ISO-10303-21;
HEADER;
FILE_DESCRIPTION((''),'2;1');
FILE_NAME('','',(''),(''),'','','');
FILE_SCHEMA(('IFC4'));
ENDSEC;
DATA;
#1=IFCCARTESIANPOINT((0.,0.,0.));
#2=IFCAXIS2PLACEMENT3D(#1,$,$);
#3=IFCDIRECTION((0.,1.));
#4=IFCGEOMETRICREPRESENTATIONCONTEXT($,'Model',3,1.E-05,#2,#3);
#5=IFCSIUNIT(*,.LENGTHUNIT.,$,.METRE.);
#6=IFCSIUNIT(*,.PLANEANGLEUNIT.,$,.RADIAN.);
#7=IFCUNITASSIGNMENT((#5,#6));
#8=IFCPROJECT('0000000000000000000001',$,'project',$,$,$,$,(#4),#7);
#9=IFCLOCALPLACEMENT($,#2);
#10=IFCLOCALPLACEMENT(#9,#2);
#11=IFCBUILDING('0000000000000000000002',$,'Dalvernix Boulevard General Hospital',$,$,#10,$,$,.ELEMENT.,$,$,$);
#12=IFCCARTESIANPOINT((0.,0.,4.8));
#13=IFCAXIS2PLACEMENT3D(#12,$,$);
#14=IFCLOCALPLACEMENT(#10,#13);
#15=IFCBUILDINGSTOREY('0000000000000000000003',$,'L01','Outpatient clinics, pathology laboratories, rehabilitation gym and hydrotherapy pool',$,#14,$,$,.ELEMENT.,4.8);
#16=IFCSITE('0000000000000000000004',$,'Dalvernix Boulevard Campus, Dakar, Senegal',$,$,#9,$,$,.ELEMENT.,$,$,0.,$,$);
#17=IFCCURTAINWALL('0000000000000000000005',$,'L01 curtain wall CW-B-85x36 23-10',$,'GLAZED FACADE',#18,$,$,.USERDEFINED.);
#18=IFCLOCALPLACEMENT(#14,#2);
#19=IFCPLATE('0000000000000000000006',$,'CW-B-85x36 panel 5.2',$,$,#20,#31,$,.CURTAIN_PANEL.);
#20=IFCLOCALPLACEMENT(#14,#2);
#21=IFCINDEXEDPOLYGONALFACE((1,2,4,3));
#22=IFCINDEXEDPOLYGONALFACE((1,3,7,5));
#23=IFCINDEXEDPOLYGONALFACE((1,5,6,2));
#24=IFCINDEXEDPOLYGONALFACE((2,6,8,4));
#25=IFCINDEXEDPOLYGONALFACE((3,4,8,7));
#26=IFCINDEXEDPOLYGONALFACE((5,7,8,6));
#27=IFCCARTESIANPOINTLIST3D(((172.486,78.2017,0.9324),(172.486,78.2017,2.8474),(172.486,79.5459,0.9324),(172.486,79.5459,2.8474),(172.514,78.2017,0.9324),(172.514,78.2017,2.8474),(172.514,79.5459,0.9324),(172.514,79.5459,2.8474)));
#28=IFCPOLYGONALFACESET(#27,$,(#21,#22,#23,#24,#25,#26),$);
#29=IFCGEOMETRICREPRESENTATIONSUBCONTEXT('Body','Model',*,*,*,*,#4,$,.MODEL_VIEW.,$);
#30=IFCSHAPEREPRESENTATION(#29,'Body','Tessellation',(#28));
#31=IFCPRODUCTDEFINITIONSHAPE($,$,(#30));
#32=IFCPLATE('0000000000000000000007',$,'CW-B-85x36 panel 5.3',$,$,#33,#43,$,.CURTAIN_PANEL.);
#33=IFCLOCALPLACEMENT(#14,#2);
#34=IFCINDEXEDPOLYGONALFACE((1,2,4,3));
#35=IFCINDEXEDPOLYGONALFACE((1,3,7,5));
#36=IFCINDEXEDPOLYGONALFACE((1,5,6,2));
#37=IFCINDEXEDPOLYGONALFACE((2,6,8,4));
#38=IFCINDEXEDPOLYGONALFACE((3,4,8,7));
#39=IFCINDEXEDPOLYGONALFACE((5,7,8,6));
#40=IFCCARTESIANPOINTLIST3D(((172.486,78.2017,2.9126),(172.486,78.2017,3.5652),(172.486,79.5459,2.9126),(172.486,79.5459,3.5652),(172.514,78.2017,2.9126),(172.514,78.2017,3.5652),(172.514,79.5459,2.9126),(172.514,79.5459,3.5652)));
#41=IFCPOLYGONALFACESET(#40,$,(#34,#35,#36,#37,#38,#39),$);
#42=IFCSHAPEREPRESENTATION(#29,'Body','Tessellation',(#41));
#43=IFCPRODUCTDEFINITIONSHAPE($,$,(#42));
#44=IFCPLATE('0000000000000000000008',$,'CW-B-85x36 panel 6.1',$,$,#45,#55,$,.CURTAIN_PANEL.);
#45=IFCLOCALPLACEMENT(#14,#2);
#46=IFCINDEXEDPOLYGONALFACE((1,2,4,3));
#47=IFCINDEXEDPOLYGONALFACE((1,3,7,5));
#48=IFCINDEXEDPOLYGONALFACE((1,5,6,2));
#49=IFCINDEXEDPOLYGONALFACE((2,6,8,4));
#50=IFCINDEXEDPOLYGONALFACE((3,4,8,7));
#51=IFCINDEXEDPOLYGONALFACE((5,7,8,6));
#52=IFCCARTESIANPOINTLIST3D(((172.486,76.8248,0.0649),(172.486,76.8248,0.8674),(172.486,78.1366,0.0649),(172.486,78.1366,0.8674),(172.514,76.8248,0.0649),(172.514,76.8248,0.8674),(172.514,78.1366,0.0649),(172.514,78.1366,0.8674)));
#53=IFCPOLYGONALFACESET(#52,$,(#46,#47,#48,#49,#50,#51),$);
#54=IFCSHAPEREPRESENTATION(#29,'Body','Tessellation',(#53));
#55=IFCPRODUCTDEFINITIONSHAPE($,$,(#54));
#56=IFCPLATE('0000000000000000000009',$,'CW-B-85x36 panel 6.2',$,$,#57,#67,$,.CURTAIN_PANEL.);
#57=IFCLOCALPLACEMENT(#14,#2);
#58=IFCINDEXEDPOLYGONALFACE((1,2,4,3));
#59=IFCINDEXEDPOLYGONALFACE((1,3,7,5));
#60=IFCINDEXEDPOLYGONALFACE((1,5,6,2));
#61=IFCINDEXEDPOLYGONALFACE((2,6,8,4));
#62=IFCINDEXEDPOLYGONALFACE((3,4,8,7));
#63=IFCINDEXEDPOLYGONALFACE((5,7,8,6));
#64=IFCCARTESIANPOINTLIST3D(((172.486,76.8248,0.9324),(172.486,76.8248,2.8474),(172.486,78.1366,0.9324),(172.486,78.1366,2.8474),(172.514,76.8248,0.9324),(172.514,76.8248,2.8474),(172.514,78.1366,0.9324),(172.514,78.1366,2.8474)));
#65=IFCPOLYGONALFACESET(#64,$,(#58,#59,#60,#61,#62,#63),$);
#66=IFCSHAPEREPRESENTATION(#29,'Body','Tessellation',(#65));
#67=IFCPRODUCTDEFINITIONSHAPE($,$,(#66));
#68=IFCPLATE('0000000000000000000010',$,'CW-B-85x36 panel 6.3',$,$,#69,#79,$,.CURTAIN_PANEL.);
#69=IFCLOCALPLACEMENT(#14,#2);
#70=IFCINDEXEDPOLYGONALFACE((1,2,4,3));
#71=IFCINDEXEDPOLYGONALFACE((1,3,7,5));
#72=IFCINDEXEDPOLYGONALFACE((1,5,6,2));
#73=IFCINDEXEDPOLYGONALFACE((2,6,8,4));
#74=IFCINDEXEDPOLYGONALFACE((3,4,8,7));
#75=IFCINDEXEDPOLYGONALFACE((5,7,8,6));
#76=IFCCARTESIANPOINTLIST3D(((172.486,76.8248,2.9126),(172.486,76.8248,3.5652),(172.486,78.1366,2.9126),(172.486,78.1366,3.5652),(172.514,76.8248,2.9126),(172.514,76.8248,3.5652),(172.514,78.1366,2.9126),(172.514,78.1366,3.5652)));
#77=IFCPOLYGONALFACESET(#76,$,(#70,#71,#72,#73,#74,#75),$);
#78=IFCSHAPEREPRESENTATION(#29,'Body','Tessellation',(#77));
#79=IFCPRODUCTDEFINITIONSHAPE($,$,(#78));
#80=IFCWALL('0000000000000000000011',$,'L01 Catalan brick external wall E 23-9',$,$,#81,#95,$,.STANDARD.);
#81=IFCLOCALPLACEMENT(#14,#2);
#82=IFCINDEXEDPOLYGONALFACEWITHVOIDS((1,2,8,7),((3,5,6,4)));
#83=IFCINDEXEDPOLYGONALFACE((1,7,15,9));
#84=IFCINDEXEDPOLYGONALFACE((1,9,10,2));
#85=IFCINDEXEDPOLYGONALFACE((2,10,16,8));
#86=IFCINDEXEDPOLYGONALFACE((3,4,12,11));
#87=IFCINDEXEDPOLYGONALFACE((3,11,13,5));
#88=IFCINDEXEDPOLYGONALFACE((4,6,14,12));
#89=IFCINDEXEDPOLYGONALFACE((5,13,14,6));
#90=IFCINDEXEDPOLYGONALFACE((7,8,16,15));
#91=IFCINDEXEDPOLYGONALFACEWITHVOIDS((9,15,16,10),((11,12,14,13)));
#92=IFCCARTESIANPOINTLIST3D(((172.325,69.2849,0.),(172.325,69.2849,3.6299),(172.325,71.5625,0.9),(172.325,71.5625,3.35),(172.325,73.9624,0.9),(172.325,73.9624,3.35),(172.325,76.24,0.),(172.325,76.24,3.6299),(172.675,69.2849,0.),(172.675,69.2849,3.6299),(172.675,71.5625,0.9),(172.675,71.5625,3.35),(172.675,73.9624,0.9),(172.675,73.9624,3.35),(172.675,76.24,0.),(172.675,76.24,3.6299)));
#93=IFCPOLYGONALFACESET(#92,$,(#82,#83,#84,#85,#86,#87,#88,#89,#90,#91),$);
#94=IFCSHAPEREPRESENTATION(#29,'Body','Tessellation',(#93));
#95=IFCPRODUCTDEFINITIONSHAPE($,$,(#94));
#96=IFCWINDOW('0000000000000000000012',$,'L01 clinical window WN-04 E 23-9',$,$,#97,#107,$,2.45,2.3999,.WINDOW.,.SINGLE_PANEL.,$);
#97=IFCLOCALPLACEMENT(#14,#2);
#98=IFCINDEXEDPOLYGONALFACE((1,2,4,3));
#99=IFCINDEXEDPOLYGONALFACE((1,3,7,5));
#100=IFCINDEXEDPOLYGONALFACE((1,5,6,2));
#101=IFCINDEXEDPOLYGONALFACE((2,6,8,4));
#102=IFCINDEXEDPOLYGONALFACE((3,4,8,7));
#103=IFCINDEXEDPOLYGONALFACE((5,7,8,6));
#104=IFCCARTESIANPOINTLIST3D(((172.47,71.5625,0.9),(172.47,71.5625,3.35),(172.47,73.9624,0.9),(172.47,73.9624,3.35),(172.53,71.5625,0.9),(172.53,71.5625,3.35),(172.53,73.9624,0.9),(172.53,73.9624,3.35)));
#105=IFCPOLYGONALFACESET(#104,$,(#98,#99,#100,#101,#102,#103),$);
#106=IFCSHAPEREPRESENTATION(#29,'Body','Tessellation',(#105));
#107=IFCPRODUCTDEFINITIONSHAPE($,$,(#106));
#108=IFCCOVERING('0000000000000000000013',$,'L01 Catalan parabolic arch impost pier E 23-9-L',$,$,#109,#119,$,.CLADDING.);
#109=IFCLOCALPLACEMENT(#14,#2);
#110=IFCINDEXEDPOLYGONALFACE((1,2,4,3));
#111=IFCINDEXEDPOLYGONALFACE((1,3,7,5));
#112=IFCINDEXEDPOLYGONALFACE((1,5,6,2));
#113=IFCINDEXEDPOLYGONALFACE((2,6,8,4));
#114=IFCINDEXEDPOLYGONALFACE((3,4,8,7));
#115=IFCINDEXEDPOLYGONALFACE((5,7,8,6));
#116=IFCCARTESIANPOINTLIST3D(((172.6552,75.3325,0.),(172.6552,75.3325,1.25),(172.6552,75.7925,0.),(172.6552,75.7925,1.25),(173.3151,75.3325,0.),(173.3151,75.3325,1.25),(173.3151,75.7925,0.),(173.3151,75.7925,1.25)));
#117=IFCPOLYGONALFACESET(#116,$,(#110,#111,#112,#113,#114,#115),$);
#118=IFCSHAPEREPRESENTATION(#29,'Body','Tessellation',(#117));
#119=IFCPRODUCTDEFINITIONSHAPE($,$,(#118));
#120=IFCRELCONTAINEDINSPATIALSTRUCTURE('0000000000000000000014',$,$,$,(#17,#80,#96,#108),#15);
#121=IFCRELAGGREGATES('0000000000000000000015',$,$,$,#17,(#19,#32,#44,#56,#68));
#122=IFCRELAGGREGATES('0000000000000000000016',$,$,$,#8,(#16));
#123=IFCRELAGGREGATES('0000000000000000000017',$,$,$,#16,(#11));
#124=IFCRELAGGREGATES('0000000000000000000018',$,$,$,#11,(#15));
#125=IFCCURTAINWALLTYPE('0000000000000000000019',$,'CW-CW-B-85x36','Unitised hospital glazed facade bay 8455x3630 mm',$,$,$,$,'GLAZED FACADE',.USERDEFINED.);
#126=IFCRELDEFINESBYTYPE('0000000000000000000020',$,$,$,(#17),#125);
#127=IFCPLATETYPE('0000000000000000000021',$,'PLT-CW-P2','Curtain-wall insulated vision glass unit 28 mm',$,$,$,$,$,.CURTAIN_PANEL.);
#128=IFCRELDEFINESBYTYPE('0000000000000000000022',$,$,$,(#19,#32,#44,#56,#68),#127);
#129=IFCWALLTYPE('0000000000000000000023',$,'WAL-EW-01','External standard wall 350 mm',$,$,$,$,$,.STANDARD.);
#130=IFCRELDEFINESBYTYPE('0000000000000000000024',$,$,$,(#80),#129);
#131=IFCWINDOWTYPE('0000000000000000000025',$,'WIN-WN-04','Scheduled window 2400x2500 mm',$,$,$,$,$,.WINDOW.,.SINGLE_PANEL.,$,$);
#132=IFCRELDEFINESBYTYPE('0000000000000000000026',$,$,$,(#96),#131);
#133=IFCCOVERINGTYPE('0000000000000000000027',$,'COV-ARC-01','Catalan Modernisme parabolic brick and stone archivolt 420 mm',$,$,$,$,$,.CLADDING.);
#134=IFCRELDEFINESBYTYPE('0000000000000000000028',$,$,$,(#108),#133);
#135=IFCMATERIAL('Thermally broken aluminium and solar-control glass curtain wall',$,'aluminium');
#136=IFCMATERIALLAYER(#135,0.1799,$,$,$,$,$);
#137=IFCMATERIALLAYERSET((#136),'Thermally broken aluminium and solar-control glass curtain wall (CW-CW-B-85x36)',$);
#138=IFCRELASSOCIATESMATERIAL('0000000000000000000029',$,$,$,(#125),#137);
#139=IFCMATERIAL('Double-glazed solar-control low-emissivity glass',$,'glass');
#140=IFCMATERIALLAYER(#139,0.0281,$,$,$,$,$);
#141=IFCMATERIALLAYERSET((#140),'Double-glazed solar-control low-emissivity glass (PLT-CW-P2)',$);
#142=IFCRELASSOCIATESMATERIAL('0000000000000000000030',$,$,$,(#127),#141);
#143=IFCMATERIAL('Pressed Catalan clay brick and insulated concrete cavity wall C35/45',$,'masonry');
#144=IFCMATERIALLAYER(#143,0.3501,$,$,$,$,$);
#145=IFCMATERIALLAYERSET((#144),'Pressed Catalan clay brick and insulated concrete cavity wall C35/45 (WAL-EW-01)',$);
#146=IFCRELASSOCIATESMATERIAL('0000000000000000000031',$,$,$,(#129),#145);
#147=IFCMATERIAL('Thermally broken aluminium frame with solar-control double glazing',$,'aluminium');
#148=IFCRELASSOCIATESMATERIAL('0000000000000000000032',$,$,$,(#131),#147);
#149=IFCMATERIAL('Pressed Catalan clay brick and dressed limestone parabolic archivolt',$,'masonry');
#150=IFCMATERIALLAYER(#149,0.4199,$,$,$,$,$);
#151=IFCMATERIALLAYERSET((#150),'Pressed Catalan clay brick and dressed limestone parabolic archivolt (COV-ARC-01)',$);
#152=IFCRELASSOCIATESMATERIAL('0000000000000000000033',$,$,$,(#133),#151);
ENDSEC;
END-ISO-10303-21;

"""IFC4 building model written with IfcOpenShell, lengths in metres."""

from ifc_helpers import new_model, si_unit, direction, frame, frame_2d, origin, origin_2d, place, context, subcontext, project, spatial, rectangle, extrude, material, layer, layer_set, type_object, element, fill, aggregate, save


model = new_model("IFC4")

# Units and contexts
model_context = context("Model", 3, precision=1e-05, world=origin(), true_north=direction((0.0, 1.0)))
body_context = subcontext(model_context, "Body", "Model", "MODEL_VIEW")
ifc_project = project(units=[si_unit("LENGTHUNIT", "METRE"), si_unit("PLANEANGLEUNIT", "RADIAN")], contexts=[model_context])

# Site, building, storey
site_placement = place(None, origin())
site = spatial("IfcSite", under=ifc_project, at=site_placement, Name="Dalvernix Boulevard Campus, Dakar, Senegal", CompositionType="ELEMENT", RefElevation=0.0)
building_placement = place(site_placement, origin())
building = spatial("IfcBuilding", under=site, at=building_placement, Name="Dalvernix Boulevard General Hospital", CompositionType="ELEMENT")
storey_placement = place(building_placement, frame((0.0, 0.0, 4.8)))
storey = spatial("IfcBuildingStorey", under=building, at=storey_placement, Name="L01", Description="Outpatient clinics, pathology laboratories, rehabilitation gym and hydrotherapy pool", CompositionType="ELEMENT", Elevation=4.8)

# Curtain wall, plates
ifc_material_1 = material(Name="Thermally broken aluminium and solar-control glass curtain wall", Category="aluminium")
ifc_layer_1 = layer(ifc_material_1, 0.1799)
ifc_layer_set_1 = layer_set([ifc_layer_1], Name="Thermally broken aluminium and solar-control glass curtain wall (CW-CW-B-85x36)")
curtain_wall_type = type_object("IfcCurtainWallType", Name="CW-CW-B-85x36", Description="Unitised hospital glazed facade bay 8455x3630 mm", ElementType="GLAZED FACADE", PredefinedType="USERDEFINED", material=ifc_layer_set_1)
curtain_wall_placement = place(storey_placement, origin())
curtain_wall = element("IfcCurtainWall", 1, at=curtain_wall_placement, inside=storey, type_object=curtain_wall_type, Name="L01 curtain wall CW-B-85x36 23-10", ObjectType="GLAZED FACADE", PredefinedType="USERDEFINED")
ifc_material_2 = material(Name="Double-glazed solar-control low-emissivity glass", Category="glass")
ifc_layer_2 = layer(ifc_material_2, 0.0281)
ifc_layer_set_2 = layer_set([ifc_layer_2], Name="Double-glazed solar-control low-emissivity glass (PLT-CW-P2)")
plate_type = type_object("IfcPlateType", Name="PLT-CW-P2", Description="Curtain-wall insulated vision glass unit 28 mm", PredefinedType="CURTAIN_PANEL", material=ifc_layer_set_2)
plate_1_placement = place(storey_placement, frame((172.5, 78.8738, 0.9324), z_axis=(0.0, 0.0, 1.0), x_axis=(0.0, -1.0, 0.0)))
plate_1 = element("IfcPlate", 2, at=plate_1_placement, type_object=plate_type, Name="CW-B-85x36 panel 5.2", PredefinedType="CURTAIN_PANEL", context=body_context, shape_type="SweptSolid", body=[
    extrude(rectangle(XDim=1.3442, YDim=0.0281, at=origin_2d()), origin(), (0.0, 0.0, 1.0), 1.915),
])
plate_2_placement = place(storey_placement, frame((172.5, 78.8738, 2.9126), z_axis=(0.0, 0.0, 1.0), x_axis=(0.0, -1.0, 0.0)))
plate_2 = element("IfcPlate", 3, at=plate_2_placement, type_object=plate_type, Name="CW-B-85x36 panel 5.3", PredefinedType="CURTAIN_PANEL", context=body_context, shape_type="SweptSolid", body=[
    extrude(rectangle(XDim=1.3442, YDim=0.0281, at=origin_2d()), origin(), (0.0, 0.0, 1.0), 0.6526),
])
plate_3_placement = place(storey_placement, frame((172.5, 77.4807, 0.0649), z_axis=(0.0, 0.0, 1.0), x_axis=(0.0, -1.0, 0.0)))
plate_3 = element("IfcPlate", 4, at=plate_3_placement, type_object=plate_type, Name="CW-B-85x36 panel 6.1", PredefinedType="CURTAIN_PANEL", context=body_context, shape_type="SweptSolid", body=[
    extrude(rectangle(XDim=1.3118, YDim=0.0281, at=origin_2d()), origin(), (0.0, 0.0, 1.0), 0.8025),
])
plate_4_placement = place(storey_placement, frame((172.5, 77.4807, 0.9324), z_axis=(0.0, 0.0, 1.0), x_axis=(0.0, -1.0, 0.0)))
plate_4 = element("IfcPlate", 5, at=plate_4_placement, type_object=plate_type, Name="CW-B-85x36 panel 6.2", PredefinedType="CURTAIN_PANEL", context=body_context, shape_type="SweptSolid", body=[
    extrude(rectangle(XDim=1.3118, YDim=0.0281, at=origin_2d()), origin(), (0.0, 0.0, 1.0), 1.915),
])
plate_5_placement = place(storey_placement, frame((172.5, 77.4807, 2.9126), z_axis=(0.0, 0.0, 1.0), x_axis=(0.0, -1.0, 0.0)))
plate_5 = element("IfcPlate", 6, at=plate_5_placement, type_object=plate_type, Name="CW-B-85x36 panel 6.3", PredefinedType="CURTAIN_PANEL", context=body_context, shape_type="SweptSolid", body=[
    extrude(rectangle(XDim=1.3118, YDim=0.0281, at=origin_2d()), origin(), (0.0, 0.0, 1.0), 0.6526),
])
aggregate(curtain_wall, [plate_1, plate_2, plate_3, plate_4, plate_5])

# Wall, opening, window
ifc_material_3 = material(Name="Pressed Catalan clay brick and insulated concrete cavity wall C35/45", Category="masonry")
ifc_layer_3 = layer(ifc_material_3, 0.3501)
ifc_layer_set_3 = layer_set([ifc_layer_3], Name="Pressed Catalan clay brick and insulated concrete cavity wall C35/45 (WAL-EW-01)")
wall_type = type_object("IfcWallType", Name="WAL-EW-01", Description="External standard wall 350 mm", PredefinedType="STANDARD", material=ifc_layer_set_3)
wall_placement = place(storey_placement, frame((172.5, 76.24, 0.0), z_axis=(0.0, 0.0, 1.0), x_axis=(0.0, -1.0, 0.0)))
wall = element("IfcWall", 7, at=wall_placement, inside=storey, type_object=wall_type, Name="L01 Catalan brick external wall E 23-9", PredefinedType="STANDARD", context=body_context, shape_type="SweptSolid", body=[
    extrude(rectangle(XDim=6.9551, YDim=0.3501, at=frame_2d((3.4775, 0.0))), origin(), (0.0, 0.0, 1.0), 3.6299),
])
opening_placement = place(wall_placement, frame((2.2776, 0.0, 0.8999)))
opening = element("IfcOpeningElement", 8, at=opening_placement, cuts=wall, PredefinedType="OPENING", context=body_context, shape_type="SweptSolid", body=[
    extrude(rectangle(XDim=2.3999, YDim=2.45, at=frame_2d((1.2, 1.2251))), frame((0.0, 0.1851, 0.0), z_axis=(0.0, -1.0, 0.0), x_axis=(1.0, 0.0, 0.0)), (0.0, 0.0, 1.0), 0.3701),
])
ifc_material_4 = material(Name="Thermally broken aluminium frame with solar-control double glazing", Category="aluminium")
window_type = type_object("IfcWindowType", Name="WIN-WN-04", Description="Scheduled window 2400x2500 mm", PartitioningType="SINGLE_PANEL", PredefinedType="WINDOW", material=ifc_material_4)
window_placement = place(opening_placement, origin())
window = element("IfcWindow", 9, at=window_placement, inside=storey, type_object=window_type, Name="L01 clinical window WN-04 E 23-9", OverallHeight=2.45, OverallWidth=2.3999, PartitioningType="SINGLE_PANEL", PredefinedType="WINDOW", context=body_context, shape_type="SweptSolid", body=[
    extrude(rectangle(XDim=2.3999, YDim=2.45, at=frame_2d((1.2, 1.2251))), frame((0.0, 0.03, 0.0), z_axis=(0.0, -1.0, 0.0), x_axis=(1.0, 0.0, 0.0)), (0.0, 0.0, 1.0), 0.0601),
])
fill(opening, window)

# Covering
ifc_material_5 = material(Name="Pressed Catalan clay brick and dressed limestone parabolic archivolt", Category="masonry")
ifc_layer_4 = layer(ifc_material_5, 0.4199)
ifc_layer_set_4 = layer_set([ifc_layer_4], Name="Pressed Catalan clay brick and dressed limestone parabolic archivolt (COV-ARC-01)")
covering_type = type_object("IfcCoveringType", Name="COV-ARC-01", Description="Catalan Modernisme parabolic brick and stone archivolt 420 mm", PredefinedType="CLADDING", material=ifc_layer_set_4)
covering_placement = place(storey_placement, frame((172.9851, 75.5625, 0.0), z_axis=(0.0, 0.0, 1.0), x_axis=(0.0, -1.0, 0.0)))
element("IfcCovering", 10, at=covering_placement, inside=storey, type_object=covering_type, Name="L01 Catalan parabolic arch impost pier E 23-9-L", PredefinedType="CLADDING", context=body_context, shape_type="SweptSolid", body=[
    extrude(rectangle(XDim=0.46, YDim=0.6599, at=origin_2d()), origin(), (0.0, 0.0, 1.0), 1.25),
])

save(model, "model.ifc")
